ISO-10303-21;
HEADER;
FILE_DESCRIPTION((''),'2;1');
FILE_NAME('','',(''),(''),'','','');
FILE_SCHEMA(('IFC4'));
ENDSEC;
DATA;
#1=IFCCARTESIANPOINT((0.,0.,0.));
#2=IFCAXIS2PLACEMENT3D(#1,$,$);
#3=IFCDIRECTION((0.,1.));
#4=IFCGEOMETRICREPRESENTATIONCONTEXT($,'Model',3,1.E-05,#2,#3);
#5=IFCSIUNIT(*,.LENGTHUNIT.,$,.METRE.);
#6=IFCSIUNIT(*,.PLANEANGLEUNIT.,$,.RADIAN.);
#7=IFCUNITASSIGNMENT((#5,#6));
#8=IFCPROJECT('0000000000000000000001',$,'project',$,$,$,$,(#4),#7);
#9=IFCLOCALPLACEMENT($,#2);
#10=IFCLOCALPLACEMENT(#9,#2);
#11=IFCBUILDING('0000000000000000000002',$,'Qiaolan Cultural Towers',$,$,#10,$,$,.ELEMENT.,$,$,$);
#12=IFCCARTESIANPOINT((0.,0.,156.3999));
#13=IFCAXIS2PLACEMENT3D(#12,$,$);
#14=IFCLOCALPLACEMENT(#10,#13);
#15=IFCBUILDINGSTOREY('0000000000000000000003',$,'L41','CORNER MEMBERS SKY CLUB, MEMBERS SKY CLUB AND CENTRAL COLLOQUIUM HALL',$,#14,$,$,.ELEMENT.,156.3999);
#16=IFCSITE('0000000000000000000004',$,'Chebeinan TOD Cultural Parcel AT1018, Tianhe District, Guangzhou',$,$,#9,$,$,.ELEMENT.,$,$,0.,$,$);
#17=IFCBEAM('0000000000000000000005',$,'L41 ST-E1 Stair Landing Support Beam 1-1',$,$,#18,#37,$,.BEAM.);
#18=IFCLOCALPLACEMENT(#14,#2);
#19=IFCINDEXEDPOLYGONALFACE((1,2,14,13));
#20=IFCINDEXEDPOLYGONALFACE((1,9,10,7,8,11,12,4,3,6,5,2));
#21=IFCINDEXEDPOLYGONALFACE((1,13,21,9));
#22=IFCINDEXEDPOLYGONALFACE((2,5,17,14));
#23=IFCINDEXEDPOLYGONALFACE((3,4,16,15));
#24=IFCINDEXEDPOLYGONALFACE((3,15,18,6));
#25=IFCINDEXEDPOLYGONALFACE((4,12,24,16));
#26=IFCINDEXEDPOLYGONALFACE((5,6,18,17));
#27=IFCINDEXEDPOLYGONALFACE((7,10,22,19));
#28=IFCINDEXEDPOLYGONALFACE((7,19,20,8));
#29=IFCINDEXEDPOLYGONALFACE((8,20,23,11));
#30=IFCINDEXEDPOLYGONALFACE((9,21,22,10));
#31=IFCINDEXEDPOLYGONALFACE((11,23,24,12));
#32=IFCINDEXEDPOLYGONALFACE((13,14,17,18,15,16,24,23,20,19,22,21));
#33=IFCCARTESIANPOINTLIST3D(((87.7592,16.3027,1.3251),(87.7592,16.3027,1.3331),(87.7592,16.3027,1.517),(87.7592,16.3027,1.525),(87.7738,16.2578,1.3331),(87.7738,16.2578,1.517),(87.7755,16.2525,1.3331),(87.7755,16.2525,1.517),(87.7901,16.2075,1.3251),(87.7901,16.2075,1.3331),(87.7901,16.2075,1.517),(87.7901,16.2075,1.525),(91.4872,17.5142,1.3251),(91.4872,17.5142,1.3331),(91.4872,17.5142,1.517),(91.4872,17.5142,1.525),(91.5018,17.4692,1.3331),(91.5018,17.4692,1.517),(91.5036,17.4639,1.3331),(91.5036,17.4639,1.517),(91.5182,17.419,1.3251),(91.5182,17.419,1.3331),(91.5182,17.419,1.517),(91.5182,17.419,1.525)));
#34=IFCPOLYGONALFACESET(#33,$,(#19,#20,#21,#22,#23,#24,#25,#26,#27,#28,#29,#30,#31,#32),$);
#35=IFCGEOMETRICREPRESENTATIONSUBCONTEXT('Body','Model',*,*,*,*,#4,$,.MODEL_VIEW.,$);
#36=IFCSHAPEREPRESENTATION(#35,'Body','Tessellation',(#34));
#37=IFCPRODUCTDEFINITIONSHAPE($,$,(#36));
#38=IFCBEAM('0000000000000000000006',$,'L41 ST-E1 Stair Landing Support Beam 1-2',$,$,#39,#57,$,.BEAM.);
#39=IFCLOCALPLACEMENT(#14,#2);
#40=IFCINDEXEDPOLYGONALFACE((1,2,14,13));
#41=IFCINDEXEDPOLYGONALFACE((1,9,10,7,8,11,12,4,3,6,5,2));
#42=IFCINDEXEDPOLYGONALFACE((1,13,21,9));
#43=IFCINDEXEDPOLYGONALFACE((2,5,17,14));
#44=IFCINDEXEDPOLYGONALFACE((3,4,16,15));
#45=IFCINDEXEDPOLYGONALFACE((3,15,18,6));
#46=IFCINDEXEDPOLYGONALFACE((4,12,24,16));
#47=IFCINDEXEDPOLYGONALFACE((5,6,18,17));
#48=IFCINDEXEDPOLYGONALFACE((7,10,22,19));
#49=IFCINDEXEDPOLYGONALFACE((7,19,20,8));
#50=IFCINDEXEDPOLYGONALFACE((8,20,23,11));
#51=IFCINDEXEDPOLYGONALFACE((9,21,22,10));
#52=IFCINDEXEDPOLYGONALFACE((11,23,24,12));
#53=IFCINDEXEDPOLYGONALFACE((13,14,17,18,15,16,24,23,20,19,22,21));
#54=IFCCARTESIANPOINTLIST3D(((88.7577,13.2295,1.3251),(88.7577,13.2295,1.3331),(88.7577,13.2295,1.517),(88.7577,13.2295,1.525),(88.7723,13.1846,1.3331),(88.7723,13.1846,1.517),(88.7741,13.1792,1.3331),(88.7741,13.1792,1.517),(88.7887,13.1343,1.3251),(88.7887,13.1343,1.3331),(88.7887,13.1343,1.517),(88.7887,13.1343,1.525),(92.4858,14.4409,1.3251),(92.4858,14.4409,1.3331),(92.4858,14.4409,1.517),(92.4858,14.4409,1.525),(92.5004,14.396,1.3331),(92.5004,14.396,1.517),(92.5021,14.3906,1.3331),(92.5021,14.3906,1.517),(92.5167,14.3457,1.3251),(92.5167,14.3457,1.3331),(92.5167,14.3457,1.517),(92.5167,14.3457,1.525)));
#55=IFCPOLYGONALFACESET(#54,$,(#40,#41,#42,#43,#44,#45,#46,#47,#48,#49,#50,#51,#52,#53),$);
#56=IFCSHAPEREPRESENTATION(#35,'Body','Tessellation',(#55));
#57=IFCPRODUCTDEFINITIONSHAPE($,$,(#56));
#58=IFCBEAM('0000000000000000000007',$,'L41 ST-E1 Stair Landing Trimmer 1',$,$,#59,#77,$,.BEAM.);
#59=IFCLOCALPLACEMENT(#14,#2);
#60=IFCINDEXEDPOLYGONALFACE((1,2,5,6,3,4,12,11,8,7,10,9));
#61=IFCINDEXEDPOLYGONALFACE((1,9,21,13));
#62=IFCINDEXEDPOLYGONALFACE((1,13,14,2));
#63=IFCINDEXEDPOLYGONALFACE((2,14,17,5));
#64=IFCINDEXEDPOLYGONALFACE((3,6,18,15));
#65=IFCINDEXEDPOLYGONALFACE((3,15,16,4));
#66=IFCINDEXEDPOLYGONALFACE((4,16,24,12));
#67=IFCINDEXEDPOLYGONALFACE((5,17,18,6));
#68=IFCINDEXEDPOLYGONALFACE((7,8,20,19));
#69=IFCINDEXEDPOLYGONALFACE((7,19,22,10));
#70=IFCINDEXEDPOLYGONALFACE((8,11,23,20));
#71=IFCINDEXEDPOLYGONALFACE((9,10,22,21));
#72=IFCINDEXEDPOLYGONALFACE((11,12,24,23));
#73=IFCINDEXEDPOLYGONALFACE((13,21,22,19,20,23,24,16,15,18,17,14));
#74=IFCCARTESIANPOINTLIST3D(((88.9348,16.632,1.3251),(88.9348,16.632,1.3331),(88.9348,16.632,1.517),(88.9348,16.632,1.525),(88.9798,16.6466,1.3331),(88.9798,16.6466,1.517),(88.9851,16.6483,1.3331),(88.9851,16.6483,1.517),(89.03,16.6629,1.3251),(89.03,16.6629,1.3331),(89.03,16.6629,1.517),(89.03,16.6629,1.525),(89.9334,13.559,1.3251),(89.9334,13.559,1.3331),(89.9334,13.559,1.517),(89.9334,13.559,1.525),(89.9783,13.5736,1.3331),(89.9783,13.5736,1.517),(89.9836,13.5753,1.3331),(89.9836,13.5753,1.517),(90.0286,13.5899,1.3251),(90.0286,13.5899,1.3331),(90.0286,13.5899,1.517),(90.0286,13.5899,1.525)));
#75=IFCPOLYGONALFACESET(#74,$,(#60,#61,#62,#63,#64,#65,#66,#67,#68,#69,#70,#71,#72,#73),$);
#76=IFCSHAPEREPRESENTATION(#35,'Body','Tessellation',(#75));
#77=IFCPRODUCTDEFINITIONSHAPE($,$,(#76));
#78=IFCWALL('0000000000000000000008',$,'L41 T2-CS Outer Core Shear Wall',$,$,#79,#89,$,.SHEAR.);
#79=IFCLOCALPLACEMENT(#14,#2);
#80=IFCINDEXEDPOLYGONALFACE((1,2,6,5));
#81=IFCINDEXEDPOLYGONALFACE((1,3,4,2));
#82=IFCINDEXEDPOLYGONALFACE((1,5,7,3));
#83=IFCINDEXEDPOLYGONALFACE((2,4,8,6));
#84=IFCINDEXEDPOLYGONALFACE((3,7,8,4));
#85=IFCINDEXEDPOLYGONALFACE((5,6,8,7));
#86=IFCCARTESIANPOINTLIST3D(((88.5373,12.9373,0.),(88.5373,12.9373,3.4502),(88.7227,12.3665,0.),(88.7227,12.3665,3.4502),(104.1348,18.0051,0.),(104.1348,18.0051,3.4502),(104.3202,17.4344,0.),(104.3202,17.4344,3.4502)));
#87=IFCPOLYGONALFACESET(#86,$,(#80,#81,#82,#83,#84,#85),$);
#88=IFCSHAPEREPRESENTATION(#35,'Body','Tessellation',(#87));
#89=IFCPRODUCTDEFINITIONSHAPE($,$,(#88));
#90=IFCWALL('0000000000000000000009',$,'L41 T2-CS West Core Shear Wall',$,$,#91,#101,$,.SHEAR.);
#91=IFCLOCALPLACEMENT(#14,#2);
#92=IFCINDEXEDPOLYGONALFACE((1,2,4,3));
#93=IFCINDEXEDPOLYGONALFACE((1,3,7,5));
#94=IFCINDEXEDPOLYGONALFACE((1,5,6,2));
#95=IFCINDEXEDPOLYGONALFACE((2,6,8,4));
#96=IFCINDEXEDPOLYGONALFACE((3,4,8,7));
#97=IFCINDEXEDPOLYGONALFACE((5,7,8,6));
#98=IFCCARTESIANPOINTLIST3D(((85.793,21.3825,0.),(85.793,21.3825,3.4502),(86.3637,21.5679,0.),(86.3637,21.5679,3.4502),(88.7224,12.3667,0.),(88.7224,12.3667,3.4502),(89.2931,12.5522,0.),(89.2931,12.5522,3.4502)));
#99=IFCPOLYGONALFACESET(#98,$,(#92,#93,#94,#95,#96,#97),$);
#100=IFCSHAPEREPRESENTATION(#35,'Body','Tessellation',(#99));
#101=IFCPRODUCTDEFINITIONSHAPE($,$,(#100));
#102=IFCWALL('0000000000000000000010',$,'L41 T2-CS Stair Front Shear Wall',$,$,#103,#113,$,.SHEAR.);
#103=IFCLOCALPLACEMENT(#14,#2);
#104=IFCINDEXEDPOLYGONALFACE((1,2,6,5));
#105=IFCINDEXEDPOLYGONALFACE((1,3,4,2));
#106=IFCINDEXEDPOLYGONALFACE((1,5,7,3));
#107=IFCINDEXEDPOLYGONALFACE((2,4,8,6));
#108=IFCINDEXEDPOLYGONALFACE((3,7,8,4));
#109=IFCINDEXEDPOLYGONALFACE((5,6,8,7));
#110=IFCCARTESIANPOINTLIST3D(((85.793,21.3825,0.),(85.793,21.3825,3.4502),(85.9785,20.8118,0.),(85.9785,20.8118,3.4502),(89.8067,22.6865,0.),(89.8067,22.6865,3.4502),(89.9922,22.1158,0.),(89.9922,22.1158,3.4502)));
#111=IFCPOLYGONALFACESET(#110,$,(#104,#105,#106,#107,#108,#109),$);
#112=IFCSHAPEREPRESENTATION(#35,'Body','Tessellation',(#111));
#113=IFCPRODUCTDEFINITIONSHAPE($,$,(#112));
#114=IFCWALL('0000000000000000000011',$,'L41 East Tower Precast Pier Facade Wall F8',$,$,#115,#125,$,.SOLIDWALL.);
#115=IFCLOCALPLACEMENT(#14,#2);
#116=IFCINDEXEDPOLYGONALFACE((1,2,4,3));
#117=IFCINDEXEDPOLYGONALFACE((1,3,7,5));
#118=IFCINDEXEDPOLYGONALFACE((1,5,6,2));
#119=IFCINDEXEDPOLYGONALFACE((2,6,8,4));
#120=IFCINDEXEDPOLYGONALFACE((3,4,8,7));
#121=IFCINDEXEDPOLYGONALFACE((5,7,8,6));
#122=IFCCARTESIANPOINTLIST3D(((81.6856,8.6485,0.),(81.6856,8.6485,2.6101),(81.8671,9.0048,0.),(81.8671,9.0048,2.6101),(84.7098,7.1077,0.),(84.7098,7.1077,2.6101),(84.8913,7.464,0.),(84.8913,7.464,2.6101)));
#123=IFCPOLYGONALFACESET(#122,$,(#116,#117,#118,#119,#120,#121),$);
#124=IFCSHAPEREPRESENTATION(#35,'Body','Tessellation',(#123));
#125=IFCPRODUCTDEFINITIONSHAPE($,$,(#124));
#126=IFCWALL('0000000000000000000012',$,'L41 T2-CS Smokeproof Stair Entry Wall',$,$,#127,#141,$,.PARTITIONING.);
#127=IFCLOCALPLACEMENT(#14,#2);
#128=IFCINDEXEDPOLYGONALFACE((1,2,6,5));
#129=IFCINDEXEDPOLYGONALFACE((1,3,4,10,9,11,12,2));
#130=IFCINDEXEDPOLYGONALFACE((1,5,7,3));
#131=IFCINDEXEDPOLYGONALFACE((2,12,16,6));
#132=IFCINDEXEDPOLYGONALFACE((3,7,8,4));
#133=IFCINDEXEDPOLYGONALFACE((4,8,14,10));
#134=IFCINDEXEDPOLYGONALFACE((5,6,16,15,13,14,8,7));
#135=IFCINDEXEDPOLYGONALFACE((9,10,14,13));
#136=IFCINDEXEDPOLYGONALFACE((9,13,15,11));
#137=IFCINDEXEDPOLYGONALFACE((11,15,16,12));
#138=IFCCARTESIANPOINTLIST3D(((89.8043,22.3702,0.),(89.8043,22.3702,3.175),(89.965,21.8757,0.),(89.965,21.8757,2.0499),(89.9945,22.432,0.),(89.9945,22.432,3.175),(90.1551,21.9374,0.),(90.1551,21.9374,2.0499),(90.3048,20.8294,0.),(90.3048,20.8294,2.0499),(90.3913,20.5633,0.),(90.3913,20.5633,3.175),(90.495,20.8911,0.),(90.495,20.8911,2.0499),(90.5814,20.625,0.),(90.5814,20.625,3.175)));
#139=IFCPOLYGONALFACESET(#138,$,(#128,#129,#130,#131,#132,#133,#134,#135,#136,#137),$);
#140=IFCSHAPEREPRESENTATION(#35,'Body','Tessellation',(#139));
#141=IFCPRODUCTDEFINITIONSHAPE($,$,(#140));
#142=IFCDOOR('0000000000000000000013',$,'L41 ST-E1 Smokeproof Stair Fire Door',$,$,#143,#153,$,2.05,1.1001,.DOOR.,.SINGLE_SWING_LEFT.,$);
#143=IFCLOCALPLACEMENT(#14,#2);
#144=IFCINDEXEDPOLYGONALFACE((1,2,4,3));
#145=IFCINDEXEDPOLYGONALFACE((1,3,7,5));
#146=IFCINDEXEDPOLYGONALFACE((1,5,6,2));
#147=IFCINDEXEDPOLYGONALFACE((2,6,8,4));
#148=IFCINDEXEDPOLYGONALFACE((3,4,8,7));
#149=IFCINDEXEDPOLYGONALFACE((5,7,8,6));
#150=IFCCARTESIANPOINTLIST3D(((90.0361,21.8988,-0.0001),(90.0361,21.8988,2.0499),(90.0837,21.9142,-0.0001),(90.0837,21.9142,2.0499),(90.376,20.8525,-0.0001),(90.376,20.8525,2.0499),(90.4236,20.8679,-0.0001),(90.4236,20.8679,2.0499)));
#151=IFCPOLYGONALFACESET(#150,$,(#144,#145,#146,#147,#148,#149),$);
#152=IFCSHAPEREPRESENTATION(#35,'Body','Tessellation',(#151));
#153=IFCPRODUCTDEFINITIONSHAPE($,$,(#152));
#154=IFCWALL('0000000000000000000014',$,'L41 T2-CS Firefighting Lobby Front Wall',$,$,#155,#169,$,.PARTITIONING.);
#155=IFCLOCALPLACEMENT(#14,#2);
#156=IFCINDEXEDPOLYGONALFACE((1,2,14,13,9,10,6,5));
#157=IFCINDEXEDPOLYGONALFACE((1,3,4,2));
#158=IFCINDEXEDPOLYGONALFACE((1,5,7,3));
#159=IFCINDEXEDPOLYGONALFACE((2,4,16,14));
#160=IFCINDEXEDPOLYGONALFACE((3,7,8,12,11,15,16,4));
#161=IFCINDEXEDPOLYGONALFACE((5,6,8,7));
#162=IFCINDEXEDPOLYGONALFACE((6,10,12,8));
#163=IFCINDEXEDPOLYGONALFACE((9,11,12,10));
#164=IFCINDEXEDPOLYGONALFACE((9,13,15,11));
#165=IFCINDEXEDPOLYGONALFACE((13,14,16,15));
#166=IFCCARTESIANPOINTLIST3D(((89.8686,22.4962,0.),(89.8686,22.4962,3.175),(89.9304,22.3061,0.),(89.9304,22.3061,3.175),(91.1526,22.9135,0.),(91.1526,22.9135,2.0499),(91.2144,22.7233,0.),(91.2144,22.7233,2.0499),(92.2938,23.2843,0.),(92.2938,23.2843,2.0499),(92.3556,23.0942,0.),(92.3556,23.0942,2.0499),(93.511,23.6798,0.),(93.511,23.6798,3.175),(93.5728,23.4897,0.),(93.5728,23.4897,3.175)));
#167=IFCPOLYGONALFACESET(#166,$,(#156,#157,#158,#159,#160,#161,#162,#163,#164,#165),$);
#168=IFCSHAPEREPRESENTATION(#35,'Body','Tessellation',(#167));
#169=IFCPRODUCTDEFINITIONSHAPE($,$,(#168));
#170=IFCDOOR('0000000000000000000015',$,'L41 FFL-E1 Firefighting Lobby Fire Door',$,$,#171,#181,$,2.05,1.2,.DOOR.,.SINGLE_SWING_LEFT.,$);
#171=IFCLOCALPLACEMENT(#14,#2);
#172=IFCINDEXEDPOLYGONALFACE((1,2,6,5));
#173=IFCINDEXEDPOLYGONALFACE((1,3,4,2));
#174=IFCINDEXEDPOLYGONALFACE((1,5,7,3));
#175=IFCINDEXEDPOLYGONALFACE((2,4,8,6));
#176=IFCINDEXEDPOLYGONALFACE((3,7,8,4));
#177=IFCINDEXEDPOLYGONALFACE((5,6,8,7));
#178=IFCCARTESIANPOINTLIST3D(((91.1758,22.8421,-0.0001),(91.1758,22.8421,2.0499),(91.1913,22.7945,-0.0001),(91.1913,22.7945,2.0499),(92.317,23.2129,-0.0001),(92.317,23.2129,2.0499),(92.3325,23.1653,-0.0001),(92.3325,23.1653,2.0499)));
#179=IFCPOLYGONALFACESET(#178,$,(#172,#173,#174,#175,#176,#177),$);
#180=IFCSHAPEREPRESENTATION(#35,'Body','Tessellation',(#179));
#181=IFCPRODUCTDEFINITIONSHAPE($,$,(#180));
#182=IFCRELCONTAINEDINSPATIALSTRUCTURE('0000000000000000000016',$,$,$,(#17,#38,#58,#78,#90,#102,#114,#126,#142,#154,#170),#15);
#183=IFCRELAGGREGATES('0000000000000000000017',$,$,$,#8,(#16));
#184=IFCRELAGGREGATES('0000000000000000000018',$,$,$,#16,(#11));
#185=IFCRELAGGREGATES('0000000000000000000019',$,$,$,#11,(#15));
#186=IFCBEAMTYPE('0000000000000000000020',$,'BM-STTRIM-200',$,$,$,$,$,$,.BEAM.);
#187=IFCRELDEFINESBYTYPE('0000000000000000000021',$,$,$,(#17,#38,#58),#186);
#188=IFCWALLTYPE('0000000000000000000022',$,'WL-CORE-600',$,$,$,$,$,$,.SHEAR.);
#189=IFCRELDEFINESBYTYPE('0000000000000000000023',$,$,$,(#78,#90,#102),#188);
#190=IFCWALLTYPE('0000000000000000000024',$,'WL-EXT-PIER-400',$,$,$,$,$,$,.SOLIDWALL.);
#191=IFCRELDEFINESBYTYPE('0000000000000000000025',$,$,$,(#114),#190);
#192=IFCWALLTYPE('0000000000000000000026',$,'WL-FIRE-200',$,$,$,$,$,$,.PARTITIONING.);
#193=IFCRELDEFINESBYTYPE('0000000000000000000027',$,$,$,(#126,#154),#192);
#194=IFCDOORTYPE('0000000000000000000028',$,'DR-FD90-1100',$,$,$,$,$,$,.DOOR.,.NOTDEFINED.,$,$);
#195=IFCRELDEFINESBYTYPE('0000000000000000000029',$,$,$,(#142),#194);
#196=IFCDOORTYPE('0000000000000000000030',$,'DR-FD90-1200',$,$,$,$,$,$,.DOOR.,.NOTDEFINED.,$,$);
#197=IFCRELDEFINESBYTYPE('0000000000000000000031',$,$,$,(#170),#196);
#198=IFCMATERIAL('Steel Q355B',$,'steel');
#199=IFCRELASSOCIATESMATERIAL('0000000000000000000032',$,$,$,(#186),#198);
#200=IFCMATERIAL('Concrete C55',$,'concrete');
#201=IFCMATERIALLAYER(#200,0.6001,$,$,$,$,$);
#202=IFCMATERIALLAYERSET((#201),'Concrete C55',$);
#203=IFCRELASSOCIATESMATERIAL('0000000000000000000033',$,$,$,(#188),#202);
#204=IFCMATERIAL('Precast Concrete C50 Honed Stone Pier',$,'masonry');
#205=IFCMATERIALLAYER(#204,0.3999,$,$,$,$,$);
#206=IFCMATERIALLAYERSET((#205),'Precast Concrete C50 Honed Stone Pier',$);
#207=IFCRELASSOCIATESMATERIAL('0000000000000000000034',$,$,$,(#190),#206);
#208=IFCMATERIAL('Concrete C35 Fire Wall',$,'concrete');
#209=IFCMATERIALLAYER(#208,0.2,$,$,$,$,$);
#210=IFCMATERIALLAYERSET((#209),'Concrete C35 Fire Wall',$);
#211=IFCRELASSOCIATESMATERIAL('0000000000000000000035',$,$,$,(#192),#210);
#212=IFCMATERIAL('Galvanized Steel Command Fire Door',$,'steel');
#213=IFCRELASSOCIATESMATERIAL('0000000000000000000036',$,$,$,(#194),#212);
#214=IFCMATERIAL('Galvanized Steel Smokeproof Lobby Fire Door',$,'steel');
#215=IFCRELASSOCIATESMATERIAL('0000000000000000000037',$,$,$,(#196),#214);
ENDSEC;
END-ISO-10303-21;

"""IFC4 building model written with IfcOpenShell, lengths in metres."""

from ifc_helpers import new_model, si_unit, direction, frame, frame_2d, origin, origin_2d, place, context, subcontext, project, spatial, rectangle, i_section, extrude, material, layer, layer_set, material_profile, profile_set, type_object, element, fill, save


model = new_model("IFC4")

# Units and contexts
model_context = context("Model", 3, precision=1e-05, world=origin(), true_north=direction((0.0, 1.0)))
body_context = subcontext(model_context, "Body", "Model", "MODEL_VIEW")
ifc_project = project(units=[si_unit("LENGTHUNIT", "METRE"), si_unit("PLANEANGLEUNIT", "RADIAN")], contexts=[model_context])

# Site, building, storey
site_placement = place(None, origin())
site = spatial("IfcSite", under=ifc_project, at=site_placement, Name="Chebeinan TOD Cultural Parcel AT1018, Tianhe District, Guangzhou", CompositionType="ELEMENT", RefElevation=0.0)
building_placement = place(site_placement, origin())
building = spatial("IfcBuilding", under=site, at=building_placement, Name="Qiaolan Cultural Towers", CompositionType="ELEMENT")
storey_placement = place(building_placement, frame((0.0, 0.0, 156.3999)))
storey = spatial("IfcBuildingStorey", under=building, at=storey_placement, Name="L41", Description="CORNER MEMBERS SKY CLUB, MEMBERS SKY CLUB AND CENTRAL COLLOQUIUM HALL", CompositionType="ELEMENT", Elevation=156.3999)

# Beams
ifc_material_1 = material(Name="Steel Q355B", Category="steel")
ifc_material_profile_1 = material_profile(ifc_material_1, i_section(OverallWidth=0.1001, OverallDepth=0.2, WebThickness=0.0056, FlangeThickness=0.0081, at=origin_2d()), Name="HN200x100x5.5x8")
ifc_profile_set_1 = profile_set([ifc_material_profile_1], Name="Steel Q355B")
beam_type_1 = type_object("IfcBeamType", Name="BM-STTRIM-200", PredefinedType="BEAM", material=ifc_profile_set_1)
for number, where, z_axis, x_axis, name in (
    (1, (87.7747, 16.2551, 1.425), (0.951048, 0.309044, 0.0), (-0.309044, 0.951048, 0.0), "L41 ST-E1 Stair Landing Support Beam 1-1"),
    (2, (88.7732, 13.1819, 1.425), (0.951048, 0.309044, 0.0), (-0.309044, 0.951048, 0.0), "L41 ST-E1 Stair Landing Support Beam 1-2"),
):
    element("IfcBeam", number, at=place(storey_placement, frame(where, z_axis=z_axis, x_axis=x_axis)), inside=storey, type_object=beam_type_1, Name=name, PredefinedType="BEAM", context=body_context, shape_type="SweptSolid", body=[
        extrude(i_section(OverallWidth=0.1001, OverallDepth=0.2, WebThickness=0.0056, FlangeThickness=0.0081, at=origin_2d()), origin(), (0.0, 0.0, 1.0), 3.9199),
    ])
beam_1_placement = place(storey_placement, frame((88.9824, 16.6475, 1.425), z_axis=(0.309033, -0.951051, 0.0), x_axis=(0.951051, 0.309033, 0.0)))
element("IfcBeam", 3, at=beam_1_placement, inside=storey, type_object=beam_type_1, Name="L41 ST-E1 Stair Landing Trimmer 1", PredefinedType="BEAM", context=body_context, shape_type="SweptSolid", body=[
    extrude(i_section(OverallWidth=0.1001, OverallDepth=0.2, WebThickness=0.0056, FlangeThickness=0.0081, at=origin_2d()), origin(), (0.0, 0.0, 1.0), 3.2312),
])

# Walls
ifc_material_2 = material(Name="Concrete C55", Category="concrete")
ifc_layer_1 = layer(ifc_material_2, 0.6001)
ifc_layer_set_1 = layer_set([ifc_layer_1], Name="Concrete C55")
wall_type_1 = type_object("IfcWallType", Name="WL-CORE-600", PredefinedType="SHEAR", material=ifc_layer_set_1)
wall_1_placement = place(storey_placement, frame((88.6299, 12.6519, 0.0), z_axis=(0.0, 0.0, 1.0), x_axis=(0.951057, 0.309015, 0.0)))
element("IfcWall", 4, at=wall_1_placement, inside=storey, type_object=wall_type_1, Name="L41 T2-CS Outer Core Shear Wall", PredefinedType="SHEAR", context=body_context, shape_type="SweptSolid", body=[
    extrude(rectangle(XDim=16.4001, YDim=0.6001, at=frame_2d((8.2002, 0.0))), origin(), (0.0, 0.0, 1.0), 3.4502),
])
wall_2_placement = place(storey_placement, frame((86.0784, 21.4751, 0.0), z_axis=(0.0, 0.0, 1.0), x_axis=(0.309018, -0.951056, 0.0)))
element("IfcWall", 5, at=wall_2_placement, inside=storey, type_object=wall_type_1, Name="L41 T2-CS West Core Shear Wall", PredefinedType="SHEAR", context=body_context, shape_type="SweptSolid", body=[
    extrude(rectangle(XDim=9.4797, YDim=0.6001, at=frame_2d((4.7397, 0.0))), origin(), (0.0, 0.0, 1.0), 3.4502),
])
wall_3_placement = place(storey_placement, frame((85.8857, 21.0972, 0.0), z_axis=(0.0, 0.0, 1.0), x_axis=(0.951068, 0.308981, 0.0)))
element("IfcWall", 6, at=wall_3_placement, inside=storey, type_object=wall_type_1, Name="L41 T2-CS Stair Front Shear Wall", PredefinedType="SHEAR", context=body_context, shape_type="SweptSolid", body=[
    extrude(rectangle(XDim=4.2202, YDim=0.6001, at=frame_2d((2.1101, 0.0))), origin(), (0.0, 0.0, 1.0), 3.4502),
])
ifc_material_3 = material(Name="Precast Concrete C50 Honed Stone Pier", Category="masonry")
ifc_layer_2 = layer(ifc_material_3, 0.3999)
ifc_layer_set_2 = layer_set([ifc_layer_2], Name="Precast Concrete C50 Honed Stone Pier")
wall_type_2 = type_object("IfcWallType", Name="WL-EXT-PIER-400", PredefinedType="SOLIDWALL", material=ifc_layer_set_2)
wall_4_placement = place(storey_placement, frame((84.8005, 7.2859, 0.0), z_axis=(0.0, 0.0, 1.0), x_axis=(-0.891021, 0.453962, 0.0)))
element("IfcWall", 7, at=wall_4_placement, inside=storey, type_object=wall_type_2, Name="L41 East Tower Precast Pier Facade Wall F8", PredefinedType="SOLIDWALL", context=body_context, shape_type="SweptSolid", body=[
    extrude(rectangle(XDim=3.394, YDim=0.3999, at=frame_2d((1.697, 0.0))), origin(), (0.0, 0.0, 1.0), 2.6101),
])

# Walls, openings, doors
ifc_material_4 = material(Name="Concrete C35 Fire Wall", Category="concrete")
ifc_layer_3 = layer(ifc_material_4, 0.2)
ifc_layer_set_3 = layer_set([ifc_layer_3], Name="Concrete C35 Fire Wall")
wall_type_3 = type_object("IfcWallType", Name="WL-FIRE-200", PredefinedType="PARTITIONING", material=ifc_layer_set_3)
wall_5_placement = place(storey_placement, frame((89.8994, 22.4011, 0.0), z_axis=(0.0, 0.0, 1.0), x_axis=(0.308932, -0.951084, 0.0)))
wall_5 = element("IfcWall", 8, at=wall_5_placement, inside=storey, type_object=wall_type_3, Name="L41 T2-CS Smokeproof Stair Entry Wall", PredefinedType="PARTITIONING", context=body_context, shape_type="SweptSolid", body=[
    extrude(rectangle(XDim=1.8999, YDim=0.2, at=frame_2d((0.95, 0.0))), origin(), (0.0, 0.0, 1.0), 3.175),
])
opening_1_placement = place(wall_5_placement, frame((0.52, 0.0, 0.0)))
opening_1 = element("IfcOpeningElement", 9, at=opening_1_placement, cuts=wall_5, PredefinedType="OPENING", context=body_context, shape_type="SweptSolid", body=[
    extrude(rectangle(XDim=1.1001, YDim=2.05, at=frame_2d((0.55, 1.0249))), frame((0.0, 0.1099, 0.0), z_axis=(0.0, -1.0, 0.0), x_axis=(1.0, 0.0, 0.0)), (0.0, 0.0, 1.0), 0.22),
])
ifc_material_5 = material(Name="Galvanized Steel Command Fire Door", Category="steel")
door_type_1 = type_object("IfcDoorType", Name="DR-FD90-1100", OperationType="NOTDEFINED", PredefinedType="DOOR", material=ifc_material_5)
door_1_placement = place(opening_1_placement, origin())
door_1 = element("IfcDoor", 10, at=door_1_placement, inside=storey, type_object=door_type_1, Name="L41 ST-E1 Smokeproof Stair Fire Door", OperationType="SINGLE_SWING_LEFT", OverallHeight=2.05, OverallWidth=1.1001, PredefinedType="DOOR", context=body_context, shape_type="SweptSolid", body=[
    extrude(rectangle(XDim=1.1001, YDim=2.05, at=frame_2d((0.55, 1.0249))), frame((0.0, 0.0249, 0.0), z_axis=(0.0, -1.0, 0.0), x_axis=(1.0, 0.0, 0.0)), (0.0, 0.0, 1.0), 0.05),
])
fill(opening_1, door_1)
wall_6_placement = place(storey_placement, frame((89.8994, 22.4011, 0.0), z_axis=(0.0, 0.0, 1.0), x_axis=(0.951047, 0.309047, 0.0)))
wall_6 = element("IfcWall", 11, at=wall_6_placement, inside=storey, type_object=wall_type_3, Name="L41 T2-CS Firefighting Lobby Front Wall", PredefinedType="PARTITIONING", context=body_context, shape_type="SweptSolid", body=[
    extrude(rectangle(XDim=3.8298, YDim=0.2, at=frame_2d((1.915, 0.0))), origin(), (0.0, 0.0, 1.0), 3.175),
])
opening_2_placement = place(wall_6_placement, frame((1.3501, 0.0, 0.0)))
opening_2 = element("IfcOpeningElement", 12, at=opening_2_placement, cuts=wall_6, PredefinedType="OPENING", context=body_context, shape_type="SweptSolid", body=[
    extrude(rectangle(XDim=1.2, YDim=2.05, at=frame_2d((0.6001, 1.0249))), frame((0.0, 0.1099, 0.0), z_axis=(0.0, -1.0, 0.0), x_axis=(1.0, 0.0, 0.0)), (0.0, 0.0, 1.0), 0.22),
])
ifc_material_6 = material(Name="Galvanized Steel Smokeproof Lobby Fire Door", Category="steel")
door_type_2 = type_object("IfcDoorType", Name="DR-FD90-1200", OperationType="NOTDEFINED", PredefinedType="DOOR", material=ifc_material_6)
door_2_placement = place(opening_2_placement, origin())
door_2 = element("IfcDoor", 13, at=door_2_placement, inside=storey, type_object=door_type_2, Name="L41 FFL-E1 Firefighting Lobby Fire Door", OperationType="SINGLE_SWING_LEFT", OverallHeight=2.05, OverallWidth=1.2, PredefinedType="DOOR", context=body_context, shape_type="SweptSolid", body=[
    extrude(rectangle(XDim=1.2, YDim=2.05, at=frame_2d((0.6001, 1.0249))), frame((0.0, 0.0249, 0.0), z_axis=(0.0, -1.0, 0.0), x_axis=(1.0, 0.0, 0.0)), (0.0, 0.0, 1.0), 0.05),
])
fill(opening_2, door_2)

save(model, "model.ifc")
